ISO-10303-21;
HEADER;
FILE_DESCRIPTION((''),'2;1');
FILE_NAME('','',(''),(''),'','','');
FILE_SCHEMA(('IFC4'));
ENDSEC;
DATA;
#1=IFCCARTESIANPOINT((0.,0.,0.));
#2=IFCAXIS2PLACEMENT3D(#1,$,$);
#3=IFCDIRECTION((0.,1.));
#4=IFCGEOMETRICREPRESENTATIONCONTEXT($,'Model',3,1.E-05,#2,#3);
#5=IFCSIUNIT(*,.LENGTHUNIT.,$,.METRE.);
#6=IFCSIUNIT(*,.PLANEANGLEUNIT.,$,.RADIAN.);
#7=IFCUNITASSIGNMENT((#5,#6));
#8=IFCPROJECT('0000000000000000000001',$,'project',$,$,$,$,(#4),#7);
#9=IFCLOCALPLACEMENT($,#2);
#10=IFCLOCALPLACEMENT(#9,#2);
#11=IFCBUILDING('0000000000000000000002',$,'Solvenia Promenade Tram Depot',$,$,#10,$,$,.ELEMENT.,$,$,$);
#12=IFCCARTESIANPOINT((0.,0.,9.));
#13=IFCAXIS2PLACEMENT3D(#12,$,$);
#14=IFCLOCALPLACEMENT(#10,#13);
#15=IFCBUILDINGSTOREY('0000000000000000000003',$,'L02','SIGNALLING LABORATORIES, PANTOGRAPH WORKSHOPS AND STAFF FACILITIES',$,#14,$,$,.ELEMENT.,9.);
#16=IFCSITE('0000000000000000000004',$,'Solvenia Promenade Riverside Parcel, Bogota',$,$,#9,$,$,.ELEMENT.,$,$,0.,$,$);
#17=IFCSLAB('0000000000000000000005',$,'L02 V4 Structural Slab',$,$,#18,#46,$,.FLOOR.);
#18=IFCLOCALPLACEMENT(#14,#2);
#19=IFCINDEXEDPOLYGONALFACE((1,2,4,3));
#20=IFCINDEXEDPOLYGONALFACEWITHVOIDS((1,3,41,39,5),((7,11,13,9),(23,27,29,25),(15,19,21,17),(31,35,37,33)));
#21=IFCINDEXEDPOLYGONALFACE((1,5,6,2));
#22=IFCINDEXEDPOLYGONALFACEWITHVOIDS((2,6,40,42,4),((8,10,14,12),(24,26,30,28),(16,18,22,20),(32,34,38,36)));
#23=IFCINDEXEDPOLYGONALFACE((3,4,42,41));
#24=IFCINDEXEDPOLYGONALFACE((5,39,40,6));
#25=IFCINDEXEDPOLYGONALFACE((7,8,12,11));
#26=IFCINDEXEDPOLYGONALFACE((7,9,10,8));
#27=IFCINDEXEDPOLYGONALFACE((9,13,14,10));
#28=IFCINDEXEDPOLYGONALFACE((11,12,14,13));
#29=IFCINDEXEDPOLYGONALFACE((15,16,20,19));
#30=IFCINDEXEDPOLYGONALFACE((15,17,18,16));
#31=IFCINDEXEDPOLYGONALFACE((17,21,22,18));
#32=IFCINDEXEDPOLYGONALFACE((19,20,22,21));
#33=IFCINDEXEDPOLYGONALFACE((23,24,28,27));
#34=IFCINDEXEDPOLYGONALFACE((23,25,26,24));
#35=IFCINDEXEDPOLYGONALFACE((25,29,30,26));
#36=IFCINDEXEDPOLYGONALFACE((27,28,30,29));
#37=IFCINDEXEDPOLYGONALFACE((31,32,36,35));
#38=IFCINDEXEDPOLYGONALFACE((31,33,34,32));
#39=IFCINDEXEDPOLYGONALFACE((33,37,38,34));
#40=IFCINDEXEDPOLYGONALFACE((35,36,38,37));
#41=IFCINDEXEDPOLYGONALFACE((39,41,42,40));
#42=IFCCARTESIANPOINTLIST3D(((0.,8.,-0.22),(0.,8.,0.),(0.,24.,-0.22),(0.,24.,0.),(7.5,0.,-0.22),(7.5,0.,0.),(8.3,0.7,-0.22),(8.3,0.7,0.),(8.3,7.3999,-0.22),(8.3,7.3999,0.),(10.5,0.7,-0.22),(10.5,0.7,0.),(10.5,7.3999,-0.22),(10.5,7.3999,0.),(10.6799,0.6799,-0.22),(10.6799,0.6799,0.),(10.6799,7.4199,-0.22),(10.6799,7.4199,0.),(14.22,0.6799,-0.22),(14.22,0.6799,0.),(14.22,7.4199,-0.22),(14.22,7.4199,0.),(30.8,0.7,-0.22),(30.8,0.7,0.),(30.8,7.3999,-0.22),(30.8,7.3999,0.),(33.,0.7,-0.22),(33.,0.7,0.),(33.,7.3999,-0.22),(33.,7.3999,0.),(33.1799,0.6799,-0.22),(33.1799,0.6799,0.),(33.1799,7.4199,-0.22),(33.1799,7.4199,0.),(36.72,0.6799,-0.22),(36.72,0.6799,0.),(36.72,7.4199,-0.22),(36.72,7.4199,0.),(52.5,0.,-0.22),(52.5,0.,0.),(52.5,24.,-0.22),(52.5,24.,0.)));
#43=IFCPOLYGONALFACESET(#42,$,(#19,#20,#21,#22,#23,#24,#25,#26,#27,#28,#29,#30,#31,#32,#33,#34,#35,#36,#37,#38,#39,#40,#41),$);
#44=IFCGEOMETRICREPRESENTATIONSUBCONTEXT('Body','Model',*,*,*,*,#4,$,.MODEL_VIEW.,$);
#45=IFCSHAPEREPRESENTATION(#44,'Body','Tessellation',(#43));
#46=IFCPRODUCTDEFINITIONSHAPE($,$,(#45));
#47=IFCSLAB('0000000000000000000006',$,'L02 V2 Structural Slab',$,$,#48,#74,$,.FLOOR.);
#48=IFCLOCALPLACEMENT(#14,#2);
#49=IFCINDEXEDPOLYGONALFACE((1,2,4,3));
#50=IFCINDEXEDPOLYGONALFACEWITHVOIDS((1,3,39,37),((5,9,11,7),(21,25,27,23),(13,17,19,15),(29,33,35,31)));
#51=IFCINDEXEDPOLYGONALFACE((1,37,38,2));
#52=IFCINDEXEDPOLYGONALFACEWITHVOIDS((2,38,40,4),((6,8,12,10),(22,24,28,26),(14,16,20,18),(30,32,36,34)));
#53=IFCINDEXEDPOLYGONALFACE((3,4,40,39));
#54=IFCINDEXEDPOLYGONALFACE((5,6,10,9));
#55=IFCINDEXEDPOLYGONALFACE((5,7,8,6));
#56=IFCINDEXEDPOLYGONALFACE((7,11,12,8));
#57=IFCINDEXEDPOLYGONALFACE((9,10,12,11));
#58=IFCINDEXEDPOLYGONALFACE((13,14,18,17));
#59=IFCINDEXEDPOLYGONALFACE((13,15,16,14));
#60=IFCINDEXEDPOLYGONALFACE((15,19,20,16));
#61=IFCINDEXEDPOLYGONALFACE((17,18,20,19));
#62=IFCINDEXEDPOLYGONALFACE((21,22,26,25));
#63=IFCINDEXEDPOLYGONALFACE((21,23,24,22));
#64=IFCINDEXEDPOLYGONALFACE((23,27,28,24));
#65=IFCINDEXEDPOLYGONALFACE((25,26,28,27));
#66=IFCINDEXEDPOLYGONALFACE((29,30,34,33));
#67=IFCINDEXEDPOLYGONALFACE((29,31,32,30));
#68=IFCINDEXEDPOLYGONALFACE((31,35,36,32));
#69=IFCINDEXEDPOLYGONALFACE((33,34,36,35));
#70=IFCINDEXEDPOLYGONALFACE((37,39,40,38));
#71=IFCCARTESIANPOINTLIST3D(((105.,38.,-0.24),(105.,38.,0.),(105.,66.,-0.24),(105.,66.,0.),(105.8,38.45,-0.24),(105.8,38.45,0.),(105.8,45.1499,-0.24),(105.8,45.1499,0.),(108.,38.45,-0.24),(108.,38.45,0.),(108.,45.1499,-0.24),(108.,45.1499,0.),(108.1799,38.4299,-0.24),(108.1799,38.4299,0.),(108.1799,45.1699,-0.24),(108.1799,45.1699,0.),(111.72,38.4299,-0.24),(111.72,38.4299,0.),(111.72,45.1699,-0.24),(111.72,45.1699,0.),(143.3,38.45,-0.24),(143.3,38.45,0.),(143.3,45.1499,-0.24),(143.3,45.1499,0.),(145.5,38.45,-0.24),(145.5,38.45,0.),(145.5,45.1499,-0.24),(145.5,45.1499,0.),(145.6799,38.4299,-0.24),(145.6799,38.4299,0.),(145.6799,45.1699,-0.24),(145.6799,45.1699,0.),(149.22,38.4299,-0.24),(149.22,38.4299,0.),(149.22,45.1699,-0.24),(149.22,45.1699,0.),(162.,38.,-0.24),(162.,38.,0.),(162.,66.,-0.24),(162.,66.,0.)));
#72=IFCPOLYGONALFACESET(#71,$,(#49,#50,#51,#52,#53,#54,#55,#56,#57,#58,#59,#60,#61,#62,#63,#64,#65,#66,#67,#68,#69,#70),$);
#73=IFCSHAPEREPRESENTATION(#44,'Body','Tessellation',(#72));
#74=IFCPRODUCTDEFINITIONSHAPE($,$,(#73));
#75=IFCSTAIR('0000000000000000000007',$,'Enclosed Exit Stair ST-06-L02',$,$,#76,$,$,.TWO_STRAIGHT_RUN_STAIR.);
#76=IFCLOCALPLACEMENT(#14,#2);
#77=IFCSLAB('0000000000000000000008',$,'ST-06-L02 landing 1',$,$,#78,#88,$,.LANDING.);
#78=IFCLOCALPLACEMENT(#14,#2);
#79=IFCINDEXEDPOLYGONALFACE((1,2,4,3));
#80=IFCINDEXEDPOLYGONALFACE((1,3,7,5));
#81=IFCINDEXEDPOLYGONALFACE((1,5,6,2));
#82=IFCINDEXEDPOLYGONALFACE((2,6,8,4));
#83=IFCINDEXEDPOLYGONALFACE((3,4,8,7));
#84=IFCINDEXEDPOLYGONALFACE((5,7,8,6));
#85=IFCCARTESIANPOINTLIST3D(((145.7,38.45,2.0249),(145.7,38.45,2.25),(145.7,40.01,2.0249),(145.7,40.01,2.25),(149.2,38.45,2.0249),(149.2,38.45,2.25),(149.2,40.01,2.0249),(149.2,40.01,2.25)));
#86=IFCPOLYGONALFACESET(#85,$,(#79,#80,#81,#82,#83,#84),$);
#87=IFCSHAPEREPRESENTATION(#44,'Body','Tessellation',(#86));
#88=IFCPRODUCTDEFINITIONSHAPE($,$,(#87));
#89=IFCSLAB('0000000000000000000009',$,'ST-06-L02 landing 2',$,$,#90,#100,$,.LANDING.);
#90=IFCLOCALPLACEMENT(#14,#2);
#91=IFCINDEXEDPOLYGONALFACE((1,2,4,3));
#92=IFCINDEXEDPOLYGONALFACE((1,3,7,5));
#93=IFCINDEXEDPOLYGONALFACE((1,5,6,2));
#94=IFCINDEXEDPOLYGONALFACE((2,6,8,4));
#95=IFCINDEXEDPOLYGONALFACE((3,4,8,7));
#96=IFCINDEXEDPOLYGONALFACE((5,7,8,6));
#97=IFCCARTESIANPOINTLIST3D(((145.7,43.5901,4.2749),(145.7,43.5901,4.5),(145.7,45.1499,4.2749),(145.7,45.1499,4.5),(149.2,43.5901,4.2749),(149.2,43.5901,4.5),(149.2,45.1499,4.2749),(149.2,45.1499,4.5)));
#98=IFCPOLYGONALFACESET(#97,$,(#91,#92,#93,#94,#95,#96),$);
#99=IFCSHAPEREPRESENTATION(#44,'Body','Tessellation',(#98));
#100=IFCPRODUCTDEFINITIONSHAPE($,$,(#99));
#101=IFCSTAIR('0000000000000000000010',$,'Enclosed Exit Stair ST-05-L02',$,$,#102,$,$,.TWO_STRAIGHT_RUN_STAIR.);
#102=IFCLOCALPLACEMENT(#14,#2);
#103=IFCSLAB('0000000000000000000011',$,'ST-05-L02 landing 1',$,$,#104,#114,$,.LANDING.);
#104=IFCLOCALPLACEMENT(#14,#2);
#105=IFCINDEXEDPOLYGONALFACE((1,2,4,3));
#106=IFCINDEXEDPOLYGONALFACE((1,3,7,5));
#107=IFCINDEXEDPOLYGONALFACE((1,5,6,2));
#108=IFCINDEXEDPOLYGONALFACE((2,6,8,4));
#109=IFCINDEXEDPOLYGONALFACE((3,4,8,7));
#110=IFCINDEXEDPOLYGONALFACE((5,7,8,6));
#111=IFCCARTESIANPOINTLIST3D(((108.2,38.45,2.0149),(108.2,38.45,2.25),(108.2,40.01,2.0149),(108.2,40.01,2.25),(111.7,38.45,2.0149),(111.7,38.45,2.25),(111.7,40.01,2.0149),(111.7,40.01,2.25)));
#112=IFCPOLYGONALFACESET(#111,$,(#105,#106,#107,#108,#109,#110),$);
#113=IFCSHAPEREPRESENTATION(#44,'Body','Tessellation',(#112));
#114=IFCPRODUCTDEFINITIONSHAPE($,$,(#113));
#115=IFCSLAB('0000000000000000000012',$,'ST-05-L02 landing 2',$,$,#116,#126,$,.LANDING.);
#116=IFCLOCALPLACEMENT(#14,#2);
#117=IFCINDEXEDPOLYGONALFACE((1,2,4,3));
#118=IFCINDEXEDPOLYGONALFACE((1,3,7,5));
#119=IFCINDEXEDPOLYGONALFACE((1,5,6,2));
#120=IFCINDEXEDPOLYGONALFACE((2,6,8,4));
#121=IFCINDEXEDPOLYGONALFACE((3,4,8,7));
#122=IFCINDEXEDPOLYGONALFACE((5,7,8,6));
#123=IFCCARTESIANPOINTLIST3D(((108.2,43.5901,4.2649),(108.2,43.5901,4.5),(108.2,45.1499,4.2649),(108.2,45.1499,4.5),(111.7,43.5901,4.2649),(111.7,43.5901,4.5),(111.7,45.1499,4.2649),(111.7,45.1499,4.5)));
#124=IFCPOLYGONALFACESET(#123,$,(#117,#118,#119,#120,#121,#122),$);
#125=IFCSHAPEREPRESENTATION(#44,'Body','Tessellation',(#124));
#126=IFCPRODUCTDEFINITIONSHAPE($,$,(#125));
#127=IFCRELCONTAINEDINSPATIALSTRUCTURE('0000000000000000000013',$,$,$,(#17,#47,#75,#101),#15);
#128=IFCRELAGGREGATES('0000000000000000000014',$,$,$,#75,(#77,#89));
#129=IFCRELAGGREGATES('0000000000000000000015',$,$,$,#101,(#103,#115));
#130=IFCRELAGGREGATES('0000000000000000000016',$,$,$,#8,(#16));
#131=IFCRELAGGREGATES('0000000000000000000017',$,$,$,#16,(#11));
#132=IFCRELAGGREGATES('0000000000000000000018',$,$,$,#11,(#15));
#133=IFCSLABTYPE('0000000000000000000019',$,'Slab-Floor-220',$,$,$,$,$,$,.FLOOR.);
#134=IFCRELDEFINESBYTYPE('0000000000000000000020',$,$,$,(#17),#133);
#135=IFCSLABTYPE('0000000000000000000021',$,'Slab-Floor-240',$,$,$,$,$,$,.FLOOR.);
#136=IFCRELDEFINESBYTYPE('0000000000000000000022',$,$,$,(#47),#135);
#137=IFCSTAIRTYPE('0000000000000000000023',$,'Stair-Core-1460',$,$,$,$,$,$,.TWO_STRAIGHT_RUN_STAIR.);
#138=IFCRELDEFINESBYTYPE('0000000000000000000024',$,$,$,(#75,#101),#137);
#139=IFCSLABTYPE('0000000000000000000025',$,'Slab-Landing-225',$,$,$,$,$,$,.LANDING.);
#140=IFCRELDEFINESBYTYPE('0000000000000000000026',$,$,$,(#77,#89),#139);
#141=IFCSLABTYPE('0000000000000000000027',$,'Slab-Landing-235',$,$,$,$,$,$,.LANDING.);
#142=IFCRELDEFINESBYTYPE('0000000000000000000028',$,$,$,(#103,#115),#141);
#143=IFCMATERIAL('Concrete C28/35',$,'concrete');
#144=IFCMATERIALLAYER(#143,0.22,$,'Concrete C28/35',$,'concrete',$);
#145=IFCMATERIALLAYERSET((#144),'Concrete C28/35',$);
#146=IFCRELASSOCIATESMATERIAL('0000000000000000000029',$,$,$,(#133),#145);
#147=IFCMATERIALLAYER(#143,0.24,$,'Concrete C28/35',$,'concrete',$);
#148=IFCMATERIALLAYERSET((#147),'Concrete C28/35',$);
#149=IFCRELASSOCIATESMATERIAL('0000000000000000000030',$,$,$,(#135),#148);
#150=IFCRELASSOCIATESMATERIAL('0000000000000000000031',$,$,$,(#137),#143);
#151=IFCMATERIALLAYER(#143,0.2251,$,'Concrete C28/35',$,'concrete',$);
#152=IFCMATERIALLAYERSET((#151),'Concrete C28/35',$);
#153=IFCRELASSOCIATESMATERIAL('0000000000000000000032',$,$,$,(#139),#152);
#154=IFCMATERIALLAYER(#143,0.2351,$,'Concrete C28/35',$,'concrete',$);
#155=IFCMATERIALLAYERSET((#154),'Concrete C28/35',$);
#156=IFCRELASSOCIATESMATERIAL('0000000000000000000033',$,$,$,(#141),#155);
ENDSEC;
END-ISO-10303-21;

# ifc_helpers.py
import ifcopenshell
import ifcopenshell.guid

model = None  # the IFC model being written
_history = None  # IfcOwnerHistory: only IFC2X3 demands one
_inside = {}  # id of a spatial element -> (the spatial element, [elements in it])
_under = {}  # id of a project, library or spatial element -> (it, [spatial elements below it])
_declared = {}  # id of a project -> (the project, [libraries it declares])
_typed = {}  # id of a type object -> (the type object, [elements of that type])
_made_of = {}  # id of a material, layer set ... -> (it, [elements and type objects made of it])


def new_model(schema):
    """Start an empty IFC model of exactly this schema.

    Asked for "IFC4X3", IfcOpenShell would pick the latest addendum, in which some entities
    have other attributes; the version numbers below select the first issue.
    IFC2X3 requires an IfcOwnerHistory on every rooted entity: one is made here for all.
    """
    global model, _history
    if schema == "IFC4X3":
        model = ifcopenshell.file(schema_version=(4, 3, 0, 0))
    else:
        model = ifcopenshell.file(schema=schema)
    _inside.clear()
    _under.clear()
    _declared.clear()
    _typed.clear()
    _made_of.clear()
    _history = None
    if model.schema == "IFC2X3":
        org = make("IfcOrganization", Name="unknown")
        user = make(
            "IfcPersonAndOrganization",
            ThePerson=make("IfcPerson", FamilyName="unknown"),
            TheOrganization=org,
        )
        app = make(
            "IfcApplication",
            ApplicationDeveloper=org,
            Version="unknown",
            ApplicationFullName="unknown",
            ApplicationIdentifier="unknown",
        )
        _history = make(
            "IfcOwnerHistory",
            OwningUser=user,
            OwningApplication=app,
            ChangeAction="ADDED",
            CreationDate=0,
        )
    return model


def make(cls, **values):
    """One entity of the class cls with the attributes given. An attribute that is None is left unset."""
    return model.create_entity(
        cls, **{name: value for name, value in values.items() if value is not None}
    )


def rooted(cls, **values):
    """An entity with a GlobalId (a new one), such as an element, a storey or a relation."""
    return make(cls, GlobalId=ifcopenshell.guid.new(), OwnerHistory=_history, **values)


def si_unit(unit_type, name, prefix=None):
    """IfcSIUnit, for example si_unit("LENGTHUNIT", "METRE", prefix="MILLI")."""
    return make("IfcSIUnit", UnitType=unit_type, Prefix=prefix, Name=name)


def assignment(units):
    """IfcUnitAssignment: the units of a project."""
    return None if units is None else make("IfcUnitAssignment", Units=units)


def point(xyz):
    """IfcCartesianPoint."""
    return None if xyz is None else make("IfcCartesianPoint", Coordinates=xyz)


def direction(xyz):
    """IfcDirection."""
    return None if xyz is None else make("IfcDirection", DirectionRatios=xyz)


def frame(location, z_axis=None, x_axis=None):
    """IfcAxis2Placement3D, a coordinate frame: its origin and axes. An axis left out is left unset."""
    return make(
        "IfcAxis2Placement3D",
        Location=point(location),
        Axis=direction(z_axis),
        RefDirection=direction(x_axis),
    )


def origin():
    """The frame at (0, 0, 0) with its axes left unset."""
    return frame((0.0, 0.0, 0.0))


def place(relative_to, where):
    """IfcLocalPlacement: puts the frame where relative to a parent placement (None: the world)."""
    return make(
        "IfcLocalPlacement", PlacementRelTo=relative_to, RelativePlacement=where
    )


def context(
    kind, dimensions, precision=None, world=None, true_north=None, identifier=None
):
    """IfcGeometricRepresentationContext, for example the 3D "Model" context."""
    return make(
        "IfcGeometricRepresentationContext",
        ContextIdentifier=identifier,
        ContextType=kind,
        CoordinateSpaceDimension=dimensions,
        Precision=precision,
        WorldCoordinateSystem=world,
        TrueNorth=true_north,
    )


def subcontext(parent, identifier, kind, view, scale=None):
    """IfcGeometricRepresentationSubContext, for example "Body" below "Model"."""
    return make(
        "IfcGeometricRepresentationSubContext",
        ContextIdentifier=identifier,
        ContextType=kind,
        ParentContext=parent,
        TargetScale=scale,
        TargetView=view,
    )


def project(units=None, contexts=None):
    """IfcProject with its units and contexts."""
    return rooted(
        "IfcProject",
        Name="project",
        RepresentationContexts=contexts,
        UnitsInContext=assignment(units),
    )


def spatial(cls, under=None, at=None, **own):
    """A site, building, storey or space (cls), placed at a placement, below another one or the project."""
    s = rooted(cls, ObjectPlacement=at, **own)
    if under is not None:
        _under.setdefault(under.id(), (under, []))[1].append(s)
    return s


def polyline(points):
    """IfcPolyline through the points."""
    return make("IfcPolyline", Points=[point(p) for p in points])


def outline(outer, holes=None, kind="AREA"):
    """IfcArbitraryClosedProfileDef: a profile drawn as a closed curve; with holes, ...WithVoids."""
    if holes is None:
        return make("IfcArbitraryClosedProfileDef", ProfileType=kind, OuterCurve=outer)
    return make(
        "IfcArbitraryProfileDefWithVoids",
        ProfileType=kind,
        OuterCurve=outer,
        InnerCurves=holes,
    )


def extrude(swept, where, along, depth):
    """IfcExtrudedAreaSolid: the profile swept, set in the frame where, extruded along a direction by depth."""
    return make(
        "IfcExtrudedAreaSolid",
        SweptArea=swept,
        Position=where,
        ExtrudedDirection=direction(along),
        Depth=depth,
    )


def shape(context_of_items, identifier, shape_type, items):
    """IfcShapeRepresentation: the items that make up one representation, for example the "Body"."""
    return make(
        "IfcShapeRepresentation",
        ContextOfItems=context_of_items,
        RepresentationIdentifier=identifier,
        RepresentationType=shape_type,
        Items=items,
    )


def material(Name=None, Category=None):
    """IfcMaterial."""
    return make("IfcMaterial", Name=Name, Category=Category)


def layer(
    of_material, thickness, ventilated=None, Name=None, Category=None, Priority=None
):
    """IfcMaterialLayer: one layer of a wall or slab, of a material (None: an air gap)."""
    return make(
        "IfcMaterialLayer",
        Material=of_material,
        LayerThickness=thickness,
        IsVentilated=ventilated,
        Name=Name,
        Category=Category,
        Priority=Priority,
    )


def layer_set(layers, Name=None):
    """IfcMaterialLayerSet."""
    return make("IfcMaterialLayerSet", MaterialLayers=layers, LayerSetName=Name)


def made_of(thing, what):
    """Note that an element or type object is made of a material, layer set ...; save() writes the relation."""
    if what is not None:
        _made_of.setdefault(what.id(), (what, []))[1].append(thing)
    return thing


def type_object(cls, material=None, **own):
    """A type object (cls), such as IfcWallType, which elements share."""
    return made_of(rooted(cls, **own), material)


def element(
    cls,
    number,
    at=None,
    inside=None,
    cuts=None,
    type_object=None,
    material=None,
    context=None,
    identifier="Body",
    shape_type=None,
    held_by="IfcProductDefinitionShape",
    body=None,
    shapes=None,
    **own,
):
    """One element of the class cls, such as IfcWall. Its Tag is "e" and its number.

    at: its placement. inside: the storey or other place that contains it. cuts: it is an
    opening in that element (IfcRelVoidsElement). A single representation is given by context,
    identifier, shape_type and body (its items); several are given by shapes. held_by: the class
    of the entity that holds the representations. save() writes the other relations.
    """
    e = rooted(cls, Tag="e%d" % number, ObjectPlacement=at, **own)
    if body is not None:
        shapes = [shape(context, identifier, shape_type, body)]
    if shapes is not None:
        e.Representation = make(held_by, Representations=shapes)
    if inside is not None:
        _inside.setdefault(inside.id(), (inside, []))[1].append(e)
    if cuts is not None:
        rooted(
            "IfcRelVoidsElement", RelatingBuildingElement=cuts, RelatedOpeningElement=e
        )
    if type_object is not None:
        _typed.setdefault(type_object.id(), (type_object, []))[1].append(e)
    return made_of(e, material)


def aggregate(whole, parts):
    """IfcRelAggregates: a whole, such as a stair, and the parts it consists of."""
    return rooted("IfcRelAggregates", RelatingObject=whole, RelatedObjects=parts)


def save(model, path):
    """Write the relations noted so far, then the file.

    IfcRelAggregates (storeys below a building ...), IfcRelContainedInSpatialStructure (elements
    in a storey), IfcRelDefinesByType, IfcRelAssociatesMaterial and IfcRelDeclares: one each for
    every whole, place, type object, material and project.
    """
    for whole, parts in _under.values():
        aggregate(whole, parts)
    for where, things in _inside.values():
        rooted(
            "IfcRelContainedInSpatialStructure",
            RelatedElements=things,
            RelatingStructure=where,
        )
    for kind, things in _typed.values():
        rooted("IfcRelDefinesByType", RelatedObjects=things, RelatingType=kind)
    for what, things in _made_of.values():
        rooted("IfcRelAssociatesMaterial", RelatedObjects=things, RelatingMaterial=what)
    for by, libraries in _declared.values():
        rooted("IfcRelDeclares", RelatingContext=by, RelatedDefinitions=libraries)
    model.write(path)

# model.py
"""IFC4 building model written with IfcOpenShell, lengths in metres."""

from ifc_helpers import new_model, si_unit, direction, frame, origin, place, context, subcontext, project, spatial, polyline, outline, extrude, material, layer, layer_set, type_object, element, aggregate, save


model = new_model("IFC4")

# Units and contexts
model_context = context("Model", 3, precision=1e-05, world=origin(), true_north=direction((0.0, 1.0)))
body_context = subcontext(model_context, "Body", "Model", "MODEL_VIEW")
ifc_project = project(units=[si_unit("LENGTHUNIT", "METRE"), si_unit("PLANEANGLEUNIT", "RADIAN")], contexts=[model_context])

# Site, building, storey
site_placement = place(None, origin())
site = spatial("IfcSite", under=ifc_project, at=site_placement, Name="Solvenia Promenade Riverside Parcel, Bogota", CompositionType="ELEMENT", RefElevation=0.0)
building_placement = place(site_placement, origin())
building = spatial("IfcBuilding", under=site, at=building_placement, Name="Solvenia Promenade Tram Depot", CompositionType="ELEMENT")
storey_placement = place(building_placement, frame((0.0, 0.0, 9.0)))
storey = spatial("IfcBuildingStorey", under=building, at=storey_placement, Name="L02", Description="SIGNALLING LABORATORIES, PANTOGRAPH WORKSHOPS AND STAFF FACILITIES", CompositionType="ELEMENT", Elevation=9.0)

# Slabs
ifc_material_1 = material(Name="Concrete C28/35", Category="concrete")
ifc_layer_1 = layer(ifc_material_1, 0.22, Name="Concrete C28/35", Category="concrete")
ifc_layer_set_1 = layer_set([ifc_layer_1], Name="Concrete C28/35")
slab_type_1 = type_object("IfcSlabType", Name="Slab-Floor-220", PredefinedType="FLOOR", material=ifc_layer_set_1)
slab_1_placement = place(storey_placement, frame((0.0, 0.0, -0.22)))
element("IfcSlab", 1, at=slab_1_placement, inside=storey, type_object=slab_type_1, Name="L02 V4 Structural Slab", PredefinedType="FLOOR", context=body_context, shape_type="SweptSolid", body=[
    extrude(outline(polyline([(7.5, 0.0), (52.5, 0.0), (52.5, 24.0), (0.0, 24.0), (0.0, 8.0), (7.5, 0.0)]), holes=[polyline([(8.3, 7.3999), (10.5, 7.3999), (10.5, 0.7), (8.3, 0.7), (8.3, 7.3999)]), polyline([(10.6799, 7.4199), (14.22, 7.4199), (14.22, 0.6799), (10.6799, 0.6799), (10.6799, 7.4199)]), polyline([(30.8, 7.3999), (33.0, 7.3999), (33.0, 0.7), (30.8, 0.7), (30.8, 7.3999)]), polyline([(33.1799, 7.4199), (36.72, 7.4199), (36.72, 0.6799), (33.1799, 0.6799), (33.1799, 7.4199)])]), origin(), (0.0, 0.0, 1.0), 0.22),
])
ifc_layer_2 = layer(ifc_material_1, 0.24, Name="Concrete C28/35", Category="concrete")
ifc_layer_set_2 = layer_set([ifc_layer_2], Name="Concrete C28/35")
slab_type_2 = type_object("IfcSlabType", Name="Slab-Floor-240", PredefinedType="FLOOR", material=ifc_layer_set_2)
slab_2_placement = place(storey_placement, frame((0.0, 0.0, -0.24)))
element("IfcSlab", 2, at=slab_2_placement, inside=storey, type_object=slab_type_2, Name="L02 V2 Structural Slab", PredefinedType="FLOOR", context=body_context, shape_type="SweptSolid", body=[
    extrude(outline(polyline([(105.0, 38.0), (162.0, 38.0), (162.0, 66.0), (105.0, 66.0), (105.0, 38.0)]), holes=[polyline([(105.8, 45.1499), (108.0, 45.1499), (108.0, 38.45), (105.8, 38.45), (105.8, 45.1499)]), polyline([(108.1799, 45.1699), (111.72, 45.1699), (111.72, 38.4299), (108.1799, 38.4299), (108.1799, 45.1699)]), polyline([(143.3, 45.1499), (145.5, 45.1499), (145.5, 38.45), (143.3, 38.45), (143.3, 45.1499)]), polyline([(145.6799, 45.1699), (149.22, 45.1699), (149.22, 38.4299), (145.6799, 38.4299), (145.6799, 45.1699)])]), origin(), (0.0, 0.0, 1.0), 0.24),
])

# Stairs, slabs
stair_type = type_object("IfcStairType", Name="Stair-Core-1460", PredefinedType="TWO_STRAIGHT_RUN_STAIR", material=ifc_material_1)
stair_1_placement = place(storey_placement, origin())
stair_1 = element("IfcStair", 3, at=stair_1_placement, inside=storey, type_object=stair_type, Name="Enclosed Exit Stair ST-06-L02", PredefinedType="TWO_STRAIGHT_RUN_STAIR")
ifc_layer_3 = layer(ifc_material_1, 0.2251, Name="Concrete C28/35", Category="concrete")
ifc_layer_set_3 = layer_set([ifc_layer_3], Name="Concrete C28/35")
slab_type_3 = type_object("IfcSlabType", Name="Slab-Landing-225", PredefinedType="LANDING", material=ifc_layer_set_3)
slab_3_placement = place(storey_placement, frame((0.0, 0.0, 2.0249)))
slab_3 = element("IfcSlab", 4, at=slab_3_placement, type_object=slab_type_3, Name="ST-06-L02 landing 1", PredefinedType="LANDING", context=body_context, shape_type="SweptSolid", body=[
    extrude(outline(polyline([(145.7, 38.45), (149.2, 38.45), (149.2, 40.01), (145.7, 40.01), (145.7, 38.45)])), origin(), (0.0, 0.0, 1.0), 0.2251),
])
slab_4_placement = place(storey_placement, frame((0.0, 0.0, 4.2749)))
slab_4 = element("IfcSlab", 5, at=slab_4_placement, type_object=slab_type_3, Name="ST-06-L02 landing 2", PredefinedType="LANDING", context=body_context, shape_type="SweptSolid", body=[
    extrude(outline(polyline([(145.7, 43.5901), (149.2, 43.5901), (149.2, 45.1499), (145.7, 45.1499), (145.7, 43.5901)])), origin(), (0.0, 0.0, 1.0), 0.2251),
])
aggregate(stair_1, [slab_3, slab_4])
stair_2_placement = place(storey_placement, origin())
stair_2 = element("IfcStair", 6, at=stair_2_placement, inside=storey, type_object=stair_type, Name="Enclosed Exit Stair ST-05-L02", PredefinedType="TWO_STRAIGHT_RUN_STAIR")
ifc_layer_4 = layer(ifc_material_1, 0.2351, Name="Concrete C28/35", Category="concrete")
ifc_layer_set_4 = layer_set([ifc_layer_4], Name="Concrete C28/35")
slab_type_4 = type_object("IfcSlabType", Name="Slab-Landing-235", PredefinedType="LANDING", material=ifc_layer_set_4)
slab_5_placement = place(storey_placement, frame((0.0, 0.0, 2.0149)))
slab_5 = element("IfcSlab", 7, at=slab_5_placement, type_object=slab_type_4, Name="ST-05-L02 landing 1", PredefinedType="LANDING", context=body_context, shape_type="SweptSolid", body=[
    extrude(outline(polyline([(108.2, 38.45), (111.7, 38.45), (111.7, 40.01), (108.2, 40.01), (108.2, 38.45)])), origin(), (0.0, 0.0, 1.0), 0.2351),
])
slab_6_placement = place(storey_placement, frame((0.0, 0.0, 4.2649)))
slab_6 = element("IfcSlab", 8, at=slab_6_placement, type_object=slab_type_4, Name="ST-05-L02 landing 2", PredefinedType="LANDING", context=body_context, shape_type="SweptSolid", body=[
    extrude(outline(polyline([(108.2, 43.5901), (111.7, 43.5901), (111.7, 45.1499), (108.2, 45.1499), (108.2, 43.5901)])), origin(), (0.0, 0.0, 1.0), 0.2351),
])
aggregate(stair_2, [slab_5, slab_6])

save(model, "model.ifc")
